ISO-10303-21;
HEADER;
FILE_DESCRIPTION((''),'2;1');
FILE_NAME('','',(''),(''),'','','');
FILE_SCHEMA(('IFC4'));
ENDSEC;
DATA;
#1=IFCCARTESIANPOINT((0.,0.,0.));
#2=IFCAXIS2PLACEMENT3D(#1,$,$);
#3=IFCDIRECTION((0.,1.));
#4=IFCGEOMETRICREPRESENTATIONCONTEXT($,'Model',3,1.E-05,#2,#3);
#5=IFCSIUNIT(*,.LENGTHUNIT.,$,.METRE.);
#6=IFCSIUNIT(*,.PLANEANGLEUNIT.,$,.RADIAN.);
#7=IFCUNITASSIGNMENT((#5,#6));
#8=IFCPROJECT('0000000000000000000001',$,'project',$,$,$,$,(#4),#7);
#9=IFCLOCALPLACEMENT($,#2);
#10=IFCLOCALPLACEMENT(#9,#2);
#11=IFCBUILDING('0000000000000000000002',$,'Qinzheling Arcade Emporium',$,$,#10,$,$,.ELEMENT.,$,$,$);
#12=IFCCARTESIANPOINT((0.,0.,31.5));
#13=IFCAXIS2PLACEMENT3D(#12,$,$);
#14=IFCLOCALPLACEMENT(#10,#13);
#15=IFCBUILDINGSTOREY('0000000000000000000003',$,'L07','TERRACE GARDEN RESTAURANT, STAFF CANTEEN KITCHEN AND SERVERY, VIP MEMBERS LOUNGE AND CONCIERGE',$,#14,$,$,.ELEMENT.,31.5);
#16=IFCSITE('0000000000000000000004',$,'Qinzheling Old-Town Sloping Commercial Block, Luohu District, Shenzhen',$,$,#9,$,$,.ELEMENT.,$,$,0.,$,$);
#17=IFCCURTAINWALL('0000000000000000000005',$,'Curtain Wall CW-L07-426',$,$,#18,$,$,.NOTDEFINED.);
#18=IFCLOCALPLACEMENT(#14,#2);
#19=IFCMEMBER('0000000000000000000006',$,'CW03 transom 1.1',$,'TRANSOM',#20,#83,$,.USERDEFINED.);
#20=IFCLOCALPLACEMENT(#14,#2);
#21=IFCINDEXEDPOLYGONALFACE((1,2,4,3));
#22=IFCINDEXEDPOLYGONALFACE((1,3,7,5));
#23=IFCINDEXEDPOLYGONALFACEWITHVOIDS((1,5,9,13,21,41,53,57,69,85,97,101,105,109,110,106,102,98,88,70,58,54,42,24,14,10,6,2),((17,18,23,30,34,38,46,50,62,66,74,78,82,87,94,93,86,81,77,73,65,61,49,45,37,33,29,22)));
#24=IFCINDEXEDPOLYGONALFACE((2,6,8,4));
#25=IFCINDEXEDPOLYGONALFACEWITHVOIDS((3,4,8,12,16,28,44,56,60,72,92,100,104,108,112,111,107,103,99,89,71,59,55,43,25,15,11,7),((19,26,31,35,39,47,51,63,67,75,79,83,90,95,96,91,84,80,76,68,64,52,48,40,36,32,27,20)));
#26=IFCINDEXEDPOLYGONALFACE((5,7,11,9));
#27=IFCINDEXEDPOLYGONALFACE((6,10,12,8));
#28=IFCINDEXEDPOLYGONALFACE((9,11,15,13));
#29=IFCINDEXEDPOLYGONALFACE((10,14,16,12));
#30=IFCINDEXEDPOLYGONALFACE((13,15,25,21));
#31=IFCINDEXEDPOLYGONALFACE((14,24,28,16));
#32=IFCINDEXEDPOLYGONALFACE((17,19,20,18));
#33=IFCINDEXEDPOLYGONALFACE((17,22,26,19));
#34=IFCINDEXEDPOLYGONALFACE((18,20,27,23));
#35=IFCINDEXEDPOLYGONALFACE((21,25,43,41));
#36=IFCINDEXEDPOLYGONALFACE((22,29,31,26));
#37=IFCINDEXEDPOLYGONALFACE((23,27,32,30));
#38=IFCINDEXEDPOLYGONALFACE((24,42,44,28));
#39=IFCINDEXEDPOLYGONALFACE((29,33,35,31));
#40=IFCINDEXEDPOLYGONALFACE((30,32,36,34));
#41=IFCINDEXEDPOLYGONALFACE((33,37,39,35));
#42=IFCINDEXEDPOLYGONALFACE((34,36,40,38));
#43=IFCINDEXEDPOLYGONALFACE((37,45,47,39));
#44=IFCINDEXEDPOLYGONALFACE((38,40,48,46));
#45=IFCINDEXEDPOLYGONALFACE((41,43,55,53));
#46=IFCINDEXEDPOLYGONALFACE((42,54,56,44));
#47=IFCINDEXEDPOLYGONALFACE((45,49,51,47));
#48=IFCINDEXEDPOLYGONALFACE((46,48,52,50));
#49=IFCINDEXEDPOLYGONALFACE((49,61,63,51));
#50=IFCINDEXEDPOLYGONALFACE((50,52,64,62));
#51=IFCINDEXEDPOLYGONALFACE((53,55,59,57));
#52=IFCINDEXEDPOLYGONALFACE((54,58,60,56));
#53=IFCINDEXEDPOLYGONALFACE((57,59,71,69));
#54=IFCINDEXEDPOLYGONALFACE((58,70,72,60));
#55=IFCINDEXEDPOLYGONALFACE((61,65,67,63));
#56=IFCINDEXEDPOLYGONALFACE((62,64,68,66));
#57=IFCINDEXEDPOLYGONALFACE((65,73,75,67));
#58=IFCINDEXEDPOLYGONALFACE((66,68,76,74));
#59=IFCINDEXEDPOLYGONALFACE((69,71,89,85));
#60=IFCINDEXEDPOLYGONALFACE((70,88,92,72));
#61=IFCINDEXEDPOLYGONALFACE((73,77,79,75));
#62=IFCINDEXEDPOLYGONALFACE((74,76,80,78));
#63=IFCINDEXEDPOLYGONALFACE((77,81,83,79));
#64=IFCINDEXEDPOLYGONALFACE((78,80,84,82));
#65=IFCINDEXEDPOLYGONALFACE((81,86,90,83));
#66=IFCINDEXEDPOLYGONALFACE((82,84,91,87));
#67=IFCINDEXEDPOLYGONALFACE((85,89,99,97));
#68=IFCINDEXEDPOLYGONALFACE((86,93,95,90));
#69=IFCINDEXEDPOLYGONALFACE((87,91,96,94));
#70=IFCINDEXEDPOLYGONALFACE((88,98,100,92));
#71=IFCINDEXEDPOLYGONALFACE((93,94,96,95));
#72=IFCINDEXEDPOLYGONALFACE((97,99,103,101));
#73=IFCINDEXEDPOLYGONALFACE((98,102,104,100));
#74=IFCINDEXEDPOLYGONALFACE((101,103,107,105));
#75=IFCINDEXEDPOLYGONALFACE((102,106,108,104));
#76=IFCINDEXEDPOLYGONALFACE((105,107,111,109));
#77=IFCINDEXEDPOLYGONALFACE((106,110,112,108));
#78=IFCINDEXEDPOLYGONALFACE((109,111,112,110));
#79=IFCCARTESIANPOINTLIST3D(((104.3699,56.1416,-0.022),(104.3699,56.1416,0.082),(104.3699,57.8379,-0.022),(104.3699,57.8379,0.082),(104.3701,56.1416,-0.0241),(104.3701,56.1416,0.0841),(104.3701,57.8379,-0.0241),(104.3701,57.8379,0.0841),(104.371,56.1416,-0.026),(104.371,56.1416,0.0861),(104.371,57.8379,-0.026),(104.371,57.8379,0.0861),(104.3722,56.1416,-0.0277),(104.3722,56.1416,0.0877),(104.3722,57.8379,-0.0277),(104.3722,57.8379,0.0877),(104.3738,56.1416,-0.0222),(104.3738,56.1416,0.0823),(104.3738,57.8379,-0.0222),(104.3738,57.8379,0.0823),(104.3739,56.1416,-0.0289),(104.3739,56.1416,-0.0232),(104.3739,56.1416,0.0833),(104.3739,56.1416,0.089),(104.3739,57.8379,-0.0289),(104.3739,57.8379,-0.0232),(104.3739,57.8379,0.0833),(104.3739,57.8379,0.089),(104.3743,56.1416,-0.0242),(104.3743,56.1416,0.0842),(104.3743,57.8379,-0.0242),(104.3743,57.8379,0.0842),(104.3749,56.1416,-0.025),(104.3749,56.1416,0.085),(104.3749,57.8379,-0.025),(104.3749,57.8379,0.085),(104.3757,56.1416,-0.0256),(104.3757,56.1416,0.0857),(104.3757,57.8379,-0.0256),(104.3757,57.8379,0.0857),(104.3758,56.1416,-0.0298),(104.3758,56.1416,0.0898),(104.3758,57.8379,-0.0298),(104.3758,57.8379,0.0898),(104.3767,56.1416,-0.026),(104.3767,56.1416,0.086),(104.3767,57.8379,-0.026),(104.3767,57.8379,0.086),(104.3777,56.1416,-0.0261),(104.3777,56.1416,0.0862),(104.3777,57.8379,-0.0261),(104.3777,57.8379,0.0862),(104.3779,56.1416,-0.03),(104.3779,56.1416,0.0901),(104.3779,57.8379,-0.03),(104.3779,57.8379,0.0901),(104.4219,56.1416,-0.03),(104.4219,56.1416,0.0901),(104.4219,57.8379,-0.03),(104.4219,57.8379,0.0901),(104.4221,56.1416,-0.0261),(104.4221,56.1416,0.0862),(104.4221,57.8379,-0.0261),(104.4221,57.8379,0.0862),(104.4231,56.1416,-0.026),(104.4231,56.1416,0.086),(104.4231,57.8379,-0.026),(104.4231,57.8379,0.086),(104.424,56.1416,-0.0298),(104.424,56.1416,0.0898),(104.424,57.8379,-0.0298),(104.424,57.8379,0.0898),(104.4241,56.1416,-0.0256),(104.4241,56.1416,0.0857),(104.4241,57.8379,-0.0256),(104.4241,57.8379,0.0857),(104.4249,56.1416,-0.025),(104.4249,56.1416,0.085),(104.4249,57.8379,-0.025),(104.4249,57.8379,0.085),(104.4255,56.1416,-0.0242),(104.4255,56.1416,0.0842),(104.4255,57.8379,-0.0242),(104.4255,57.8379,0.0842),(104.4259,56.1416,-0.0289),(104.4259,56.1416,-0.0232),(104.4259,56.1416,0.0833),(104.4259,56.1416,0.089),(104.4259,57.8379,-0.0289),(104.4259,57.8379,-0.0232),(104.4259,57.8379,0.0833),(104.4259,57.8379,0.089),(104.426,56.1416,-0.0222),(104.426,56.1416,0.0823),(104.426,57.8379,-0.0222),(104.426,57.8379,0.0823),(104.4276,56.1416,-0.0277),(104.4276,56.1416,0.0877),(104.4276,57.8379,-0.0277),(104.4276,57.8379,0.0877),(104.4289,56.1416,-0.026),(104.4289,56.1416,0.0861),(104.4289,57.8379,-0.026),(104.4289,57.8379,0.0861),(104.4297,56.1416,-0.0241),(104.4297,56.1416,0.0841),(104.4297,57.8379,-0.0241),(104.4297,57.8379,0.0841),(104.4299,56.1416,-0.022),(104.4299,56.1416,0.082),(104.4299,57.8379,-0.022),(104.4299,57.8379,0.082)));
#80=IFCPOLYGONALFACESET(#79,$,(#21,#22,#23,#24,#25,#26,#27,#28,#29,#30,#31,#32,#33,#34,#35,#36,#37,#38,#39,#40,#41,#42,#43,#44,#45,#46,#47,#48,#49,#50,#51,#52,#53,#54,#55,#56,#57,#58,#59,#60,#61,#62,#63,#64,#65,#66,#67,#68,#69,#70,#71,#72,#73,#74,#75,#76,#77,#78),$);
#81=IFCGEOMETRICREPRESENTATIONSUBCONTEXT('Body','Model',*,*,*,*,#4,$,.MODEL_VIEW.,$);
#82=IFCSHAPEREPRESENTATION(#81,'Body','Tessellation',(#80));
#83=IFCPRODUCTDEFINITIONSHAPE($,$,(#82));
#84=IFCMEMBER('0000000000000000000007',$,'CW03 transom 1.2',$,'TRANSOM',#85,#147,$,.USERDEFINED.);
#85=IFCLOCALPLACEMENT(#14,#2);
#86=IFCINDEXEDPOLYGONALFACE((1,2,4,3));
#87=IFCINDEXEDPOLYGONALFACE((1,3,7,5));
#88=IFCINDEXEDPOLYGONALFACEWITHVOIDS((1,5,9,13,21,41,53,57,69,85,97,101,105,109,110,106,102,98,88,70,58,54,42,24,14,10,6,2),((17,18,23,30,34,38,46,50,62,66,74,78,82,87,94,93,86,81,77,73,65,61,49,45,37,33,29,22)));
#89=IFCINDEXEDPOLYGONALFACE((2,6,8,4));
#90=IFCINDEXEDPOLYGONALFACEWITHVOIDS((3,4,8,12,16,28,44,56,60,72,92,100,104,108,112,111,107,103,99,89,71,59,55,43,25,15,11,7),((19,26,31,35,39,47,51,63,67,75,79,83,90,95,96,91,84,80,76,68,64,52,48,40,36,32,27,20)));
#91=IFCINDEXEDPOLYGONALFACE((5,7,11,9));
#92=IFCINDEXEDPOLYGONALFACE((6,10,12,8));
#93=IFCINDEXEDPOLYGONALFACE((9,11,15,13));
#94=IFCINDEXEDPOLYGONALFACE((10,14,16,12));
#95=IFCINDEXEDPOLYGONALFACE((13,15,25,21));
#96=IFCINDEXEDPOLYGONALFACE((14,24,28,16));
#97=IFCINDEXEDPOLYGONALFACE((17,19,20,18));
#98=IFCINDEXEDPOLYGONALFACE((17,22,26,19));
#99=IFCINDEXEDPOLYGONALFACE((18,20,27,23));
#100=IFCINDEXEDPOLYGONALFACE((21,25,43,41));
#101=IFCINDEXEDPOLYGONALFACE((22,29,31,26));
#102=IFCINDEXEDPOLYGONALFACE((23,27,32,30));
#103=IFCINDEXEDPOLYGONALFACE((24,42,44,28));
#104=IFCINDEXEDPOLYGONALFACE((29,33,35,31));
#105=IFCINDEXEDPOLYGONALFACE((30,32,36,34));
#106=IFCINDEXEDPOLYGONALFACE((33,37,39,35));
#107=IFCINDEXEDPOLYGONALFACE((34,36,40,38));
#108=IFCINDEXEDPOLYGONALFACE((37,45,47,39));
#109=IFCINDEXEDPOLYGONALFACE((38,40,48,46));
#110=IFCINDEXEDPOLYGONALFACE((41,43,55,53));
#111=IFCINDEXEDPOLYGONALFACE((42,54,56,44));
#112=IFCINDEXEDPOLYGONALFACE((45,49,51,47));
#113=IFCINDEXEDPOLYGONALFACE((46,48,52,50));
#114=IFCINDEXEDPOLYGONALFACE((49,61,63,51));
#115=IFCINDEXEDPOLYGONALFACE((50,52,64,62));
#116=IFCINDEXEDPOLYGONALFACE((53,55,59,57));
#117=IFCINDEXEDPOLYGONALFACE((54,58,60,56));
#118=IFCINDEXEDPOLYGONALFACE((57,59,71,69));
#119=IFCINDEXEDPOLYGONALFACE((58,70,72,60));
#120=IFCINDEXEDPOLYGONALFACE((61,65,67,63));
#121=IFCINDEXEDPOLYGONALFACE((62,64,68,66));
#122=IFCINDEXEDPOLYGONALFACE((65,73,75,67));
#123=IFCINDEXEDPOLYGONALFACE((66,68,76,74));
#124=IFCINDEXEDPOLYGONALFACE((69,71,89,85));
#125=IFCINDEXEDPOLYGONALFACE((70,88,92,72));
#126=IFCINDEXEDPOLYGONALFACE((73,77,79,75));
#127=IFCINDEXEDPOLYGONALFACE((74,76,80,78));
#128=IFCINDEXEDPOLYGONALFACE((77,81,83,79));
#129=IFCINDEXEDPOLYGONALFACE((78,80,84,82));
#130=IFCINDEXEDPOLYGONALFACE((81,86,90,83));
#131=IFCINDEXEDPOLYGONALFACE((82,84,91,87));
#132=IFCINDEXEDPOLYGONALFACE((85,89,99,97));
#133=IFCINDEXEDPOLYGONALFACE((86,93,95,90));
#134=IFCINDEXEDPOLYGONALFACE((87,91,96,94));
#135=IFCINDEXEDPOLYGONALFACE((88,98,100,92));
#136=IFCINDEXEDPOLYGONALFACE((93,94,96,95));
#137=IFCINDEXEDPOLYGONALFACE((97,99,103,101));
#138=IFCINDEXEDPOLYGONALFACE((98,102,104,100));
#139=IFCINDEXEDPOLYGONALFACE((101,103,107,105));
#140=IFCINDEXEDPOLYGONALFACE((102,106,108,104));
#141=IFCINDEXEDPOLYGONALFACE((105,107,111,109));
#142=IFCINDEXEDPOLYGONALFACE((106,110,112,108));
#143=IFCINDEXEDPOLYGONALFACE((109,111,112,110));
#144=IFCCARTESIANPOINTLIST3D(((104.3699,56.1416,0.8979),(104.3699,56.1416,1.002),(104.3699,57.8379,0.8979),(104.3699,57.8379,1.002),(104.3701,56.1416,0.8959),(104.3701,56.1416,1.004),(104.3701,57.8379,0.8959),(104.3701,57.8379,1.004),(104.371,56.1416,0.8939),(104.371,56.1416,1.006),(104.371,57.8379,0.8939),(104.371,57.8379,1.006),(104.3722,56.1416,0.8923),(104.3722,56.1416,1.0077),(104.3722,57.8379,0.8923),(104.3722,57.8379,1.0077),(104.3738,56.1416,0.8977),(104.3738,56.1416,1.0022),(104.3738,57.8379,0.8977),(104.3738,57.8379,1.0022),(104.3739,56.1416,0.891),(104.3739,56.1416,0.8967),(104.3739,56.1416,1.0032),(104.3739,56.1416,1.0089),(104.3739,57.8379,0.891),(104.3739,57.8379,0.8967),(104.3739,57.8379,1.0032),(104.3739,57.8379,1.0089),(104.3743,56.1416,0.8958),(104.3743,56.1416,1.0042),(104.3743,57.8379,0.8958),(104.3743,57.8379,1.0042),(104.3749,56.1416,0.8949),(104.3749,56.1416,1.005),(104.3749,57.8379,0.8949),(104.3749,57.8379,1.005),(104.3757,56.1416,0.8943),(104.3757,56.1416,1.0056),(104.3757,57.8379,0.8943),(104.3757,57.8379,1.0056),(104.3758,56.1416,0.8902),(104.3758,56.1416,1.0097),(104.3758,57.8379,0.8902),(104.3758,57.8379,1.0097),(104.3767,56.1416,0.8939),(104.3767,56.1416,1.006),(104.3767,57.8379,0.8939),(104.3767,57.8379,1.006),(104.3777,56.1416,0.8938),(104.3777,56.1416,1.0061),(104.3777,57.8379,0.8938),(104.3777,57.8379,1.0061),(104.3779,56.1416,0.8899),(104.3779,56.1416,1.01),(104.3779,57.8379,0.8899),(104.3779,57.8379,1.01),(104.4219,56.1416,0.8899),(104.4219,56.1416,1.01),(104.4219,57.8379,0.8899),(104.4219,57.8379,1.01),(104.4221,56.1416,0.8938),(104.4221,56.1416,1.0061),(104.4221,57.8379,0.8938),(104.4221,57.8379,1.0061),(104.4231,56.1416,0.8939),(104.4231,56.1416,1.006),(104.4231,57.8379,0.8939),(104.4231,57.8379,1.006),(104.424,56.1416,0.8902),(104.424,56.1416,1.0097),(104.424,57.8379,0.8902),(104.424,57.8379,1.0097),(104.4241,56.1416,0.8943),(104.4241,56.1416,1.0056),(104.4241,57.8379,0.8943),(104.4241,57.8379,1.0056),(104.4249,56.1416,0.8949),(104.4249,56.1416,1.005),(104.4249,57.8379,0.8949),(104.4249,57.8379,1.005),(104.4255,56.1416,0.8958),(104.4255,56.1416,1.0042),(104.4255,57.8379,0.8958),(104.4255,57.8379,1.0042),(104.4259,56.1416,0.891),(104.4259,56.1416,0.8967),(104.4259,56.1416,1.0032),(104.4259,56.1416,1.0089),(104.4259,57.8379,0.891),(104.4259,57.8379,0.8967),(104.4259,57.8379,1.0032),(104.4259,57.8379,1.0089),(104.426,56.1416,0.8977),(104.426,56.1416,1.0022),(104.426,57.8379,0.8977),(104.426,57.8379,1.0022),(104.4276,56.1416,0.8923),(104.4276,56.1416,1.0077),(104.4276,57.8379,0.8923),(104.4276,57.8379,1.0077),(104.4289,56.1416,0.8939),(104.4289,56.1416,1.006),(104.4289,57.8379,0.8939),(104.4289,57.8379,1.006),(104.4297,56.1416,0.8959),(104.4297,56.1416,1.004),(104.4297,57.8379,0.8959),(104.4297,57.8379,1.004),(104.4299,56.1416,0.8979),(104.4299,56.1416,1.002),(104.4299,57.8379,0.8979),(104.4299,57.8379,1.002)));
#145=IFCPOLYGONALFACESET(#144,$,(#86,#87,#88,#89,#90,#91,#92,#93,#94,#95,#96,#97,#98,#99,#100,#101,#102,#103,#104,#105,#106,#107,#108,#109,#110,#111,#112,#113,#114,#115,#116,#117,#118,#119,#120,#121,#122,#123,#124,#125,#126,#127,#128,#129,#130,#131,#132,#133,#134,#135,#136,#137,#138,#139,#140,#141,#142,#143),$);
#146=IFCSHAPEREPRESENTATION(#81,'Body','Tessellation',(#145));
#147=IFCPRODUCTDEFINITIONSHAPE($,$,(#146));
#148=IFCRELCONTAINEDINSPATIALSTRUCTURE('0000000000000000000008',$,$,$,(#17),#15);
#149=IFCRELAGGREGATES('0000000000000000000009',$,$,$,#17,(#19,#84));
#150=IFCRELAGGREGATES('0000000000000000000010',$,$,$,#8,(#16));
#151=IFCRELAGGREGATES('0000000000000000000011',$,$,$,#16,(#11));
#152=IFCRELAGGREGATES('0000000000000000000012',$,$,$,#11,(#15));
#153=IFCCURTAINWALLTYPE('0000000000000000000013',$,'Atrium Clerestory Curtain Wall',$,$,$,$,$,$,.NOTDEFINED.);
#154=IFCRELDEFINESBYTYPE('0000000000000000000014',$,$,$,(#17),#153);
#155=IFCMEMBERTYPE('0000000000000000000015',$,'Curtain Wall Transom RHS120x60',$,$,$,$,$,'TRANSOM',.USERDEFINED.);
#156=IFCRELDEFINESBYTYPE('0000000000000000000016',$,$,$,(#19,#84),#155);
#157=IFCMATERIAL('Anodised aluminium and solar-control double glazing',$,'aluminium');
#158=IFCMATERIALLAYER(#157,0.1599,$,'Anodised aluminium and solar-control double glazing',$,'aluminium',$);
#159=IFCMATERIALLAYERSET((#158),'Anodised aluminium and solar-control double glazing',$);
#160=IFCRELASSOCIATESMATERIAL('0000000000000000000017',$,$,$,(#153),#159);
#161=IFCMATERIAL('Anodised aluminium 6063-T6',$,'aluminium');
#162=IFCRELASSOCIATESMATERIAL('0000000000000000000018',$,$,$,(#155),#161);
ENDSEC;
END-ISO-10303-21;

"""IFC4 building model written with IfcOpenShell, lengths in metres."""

from ifc_helpers import new_model, si_unit, direction, frame, origin, origin_2d, place, context, subcontext, project, spatial, hollow_rectangle, extrude, material, layer, layer_set, material_profile, profile_set, type_object, element, aggregate, save


model = new_model("IFC4")

# Units and contexts
model_context = context("Model", 3, precision=1e-05, world=origin(), true_north=direction((0.0, 1.0)))
body_context = subcontext(model_context, "Body", "Model", "MODEL_VIEW")
ifc_project = project(units=[si_unit("LENGTHUNIT", "METRE"), si_unit("PLANEANGLEUNIT", "RADIAN")], contexts=[model_context])

# Site, building, storey
site_placement = place(None, origin())
site = spatial("IfcSite", under=ifc_project, at=site_placement, Name="Qinzheling Old-Town Sloping Commercial Block, Luohu District, Shenzhen", CompositionType="ELEMENT", RefElevation=0.0)
building_placement = place(site_placement, origin())
building = spatial("IfcBuilding", under=site, at=building_placement, Name="Qinzheling Arcade Emporium", CompositionType="ELEMENT")
storey_placement = place(building_placement, frame((0.0, 0.0, 31.5)))
storey = spatial("IfcBuildingStorey", under=building, at=storey_placement, Name="L07", Description="TERRACE GARDEN RESTAURANT, STAFF CANTEEN KITCHEN AND SERVERY, VIP MEMBERS LOUNGE AND CONCIERGE", CompositionType="ELEMENT", Elevation=31.5)

# Shared definitions
ifc_material_1 = material(Name="Anodised aluminium and solar-control double glazing", Category="aluminium")
ifc_layer_1 = layer(ifc_material_1, 0.1599, Name="Anodised aluminium and solar-control double glazing", Category="aluminium")
ifc_layer_set_1 = layer_set([ifc_layer_1], Name="Anodised aluminium and solar-control double glazing")
curtain_wall_type = type_object("IfcCurtainWallType", Name="Atrium Clerestory Curtain Wall", PredefinedType="NOTDEFINED", material=ifc_layer_set_1)
ifc_material_2 = material(Name="Anodised aluminium 6063-T6", Category="aluminium")

# Curtain wall
curtain_wall_1_placement = place(storey_placement, origin())
curtain_wall_1 = element("IfcCurtainWall", 1, at=curtain_wall_1_placement, inside=storey, type_object=curtain_wall_type, Name="Curtain Wall CW-L07-426", PredefinedType="NOTDEFINED")

# Members
ifc_material_profile_1 = material_profile(ifc_material_2, hollow_rectangle(XDim=0.0601, YDim=0.1201, WallThickness=0.0039, InnerFilletRadius=0.0039, OuterFilletRadius=0.0081, at=origin_2d()), Name="RHS 120x60x4", Category="aluminium")
ifc_profile_set_1 = profile_set([ifc_material_profile_1], Name="Anodised aluminium 6063-T6")
member_type_1 = type_object("IfcMemberType", Name="Curtain Wall Transom RHS120x60", ElementType="TRANSOM", PredefinedType="USERDEFINED", material=ifc_profile_set_1)
member_1_placement = place(storey_placement, frame((104.3999, 57.8379, 0.03), z_axis=(0.0, -1.0, 0.0), x_axis=(1.0, 0.0, 0.0)))
member_1 = element("IfcMember", 2, at=member_1_placement, type_object=member_type_1, Name="CW03 transom 1.1", ObjectType="TRANSOM", PredefinedType="USERDEFINED", context=body_context, shape_type="SweptSolid", body=[
    extrude(hollow_rectangle(XDim=0.0601, YDim=0.1201, WallThickness=0.0039, InnerFilletRadius=0.0039, OuterFilletRadius=0.0081, at=origin_2d()), origin(), (0.0, 0.0, 1.0), 1.6963),
])
member_2_placement = place(storey_placement, frame((104.3999, 57.8379, 0.95), z_axis=(0.0, -1.0, 0.0), x_axis=(1.0, 0.0, 0.0)))
member_2 = element("IfcMember", 3, at=member_2_placement, type_object=member_type_1, Name="CW03 transom 1.2", ObjectType="TRANSOM", PredefinedType="USERDEFINED", context=body_context, shape_type="SweptSolid", body=[
    extrude(hollow_rectangle(XDim=0.0601, YDim=0.1201, WallThickness=0.0039, InnerFilletRadius=0.0039, OuterFilletRadius=0.0081, at=origin_2d()), origin(), (0.0, 0.0, 1.0), 1.6963),
])
aggregate(curtain_wall_1, [member_1, member_2])

save(model, "model.ifc")
